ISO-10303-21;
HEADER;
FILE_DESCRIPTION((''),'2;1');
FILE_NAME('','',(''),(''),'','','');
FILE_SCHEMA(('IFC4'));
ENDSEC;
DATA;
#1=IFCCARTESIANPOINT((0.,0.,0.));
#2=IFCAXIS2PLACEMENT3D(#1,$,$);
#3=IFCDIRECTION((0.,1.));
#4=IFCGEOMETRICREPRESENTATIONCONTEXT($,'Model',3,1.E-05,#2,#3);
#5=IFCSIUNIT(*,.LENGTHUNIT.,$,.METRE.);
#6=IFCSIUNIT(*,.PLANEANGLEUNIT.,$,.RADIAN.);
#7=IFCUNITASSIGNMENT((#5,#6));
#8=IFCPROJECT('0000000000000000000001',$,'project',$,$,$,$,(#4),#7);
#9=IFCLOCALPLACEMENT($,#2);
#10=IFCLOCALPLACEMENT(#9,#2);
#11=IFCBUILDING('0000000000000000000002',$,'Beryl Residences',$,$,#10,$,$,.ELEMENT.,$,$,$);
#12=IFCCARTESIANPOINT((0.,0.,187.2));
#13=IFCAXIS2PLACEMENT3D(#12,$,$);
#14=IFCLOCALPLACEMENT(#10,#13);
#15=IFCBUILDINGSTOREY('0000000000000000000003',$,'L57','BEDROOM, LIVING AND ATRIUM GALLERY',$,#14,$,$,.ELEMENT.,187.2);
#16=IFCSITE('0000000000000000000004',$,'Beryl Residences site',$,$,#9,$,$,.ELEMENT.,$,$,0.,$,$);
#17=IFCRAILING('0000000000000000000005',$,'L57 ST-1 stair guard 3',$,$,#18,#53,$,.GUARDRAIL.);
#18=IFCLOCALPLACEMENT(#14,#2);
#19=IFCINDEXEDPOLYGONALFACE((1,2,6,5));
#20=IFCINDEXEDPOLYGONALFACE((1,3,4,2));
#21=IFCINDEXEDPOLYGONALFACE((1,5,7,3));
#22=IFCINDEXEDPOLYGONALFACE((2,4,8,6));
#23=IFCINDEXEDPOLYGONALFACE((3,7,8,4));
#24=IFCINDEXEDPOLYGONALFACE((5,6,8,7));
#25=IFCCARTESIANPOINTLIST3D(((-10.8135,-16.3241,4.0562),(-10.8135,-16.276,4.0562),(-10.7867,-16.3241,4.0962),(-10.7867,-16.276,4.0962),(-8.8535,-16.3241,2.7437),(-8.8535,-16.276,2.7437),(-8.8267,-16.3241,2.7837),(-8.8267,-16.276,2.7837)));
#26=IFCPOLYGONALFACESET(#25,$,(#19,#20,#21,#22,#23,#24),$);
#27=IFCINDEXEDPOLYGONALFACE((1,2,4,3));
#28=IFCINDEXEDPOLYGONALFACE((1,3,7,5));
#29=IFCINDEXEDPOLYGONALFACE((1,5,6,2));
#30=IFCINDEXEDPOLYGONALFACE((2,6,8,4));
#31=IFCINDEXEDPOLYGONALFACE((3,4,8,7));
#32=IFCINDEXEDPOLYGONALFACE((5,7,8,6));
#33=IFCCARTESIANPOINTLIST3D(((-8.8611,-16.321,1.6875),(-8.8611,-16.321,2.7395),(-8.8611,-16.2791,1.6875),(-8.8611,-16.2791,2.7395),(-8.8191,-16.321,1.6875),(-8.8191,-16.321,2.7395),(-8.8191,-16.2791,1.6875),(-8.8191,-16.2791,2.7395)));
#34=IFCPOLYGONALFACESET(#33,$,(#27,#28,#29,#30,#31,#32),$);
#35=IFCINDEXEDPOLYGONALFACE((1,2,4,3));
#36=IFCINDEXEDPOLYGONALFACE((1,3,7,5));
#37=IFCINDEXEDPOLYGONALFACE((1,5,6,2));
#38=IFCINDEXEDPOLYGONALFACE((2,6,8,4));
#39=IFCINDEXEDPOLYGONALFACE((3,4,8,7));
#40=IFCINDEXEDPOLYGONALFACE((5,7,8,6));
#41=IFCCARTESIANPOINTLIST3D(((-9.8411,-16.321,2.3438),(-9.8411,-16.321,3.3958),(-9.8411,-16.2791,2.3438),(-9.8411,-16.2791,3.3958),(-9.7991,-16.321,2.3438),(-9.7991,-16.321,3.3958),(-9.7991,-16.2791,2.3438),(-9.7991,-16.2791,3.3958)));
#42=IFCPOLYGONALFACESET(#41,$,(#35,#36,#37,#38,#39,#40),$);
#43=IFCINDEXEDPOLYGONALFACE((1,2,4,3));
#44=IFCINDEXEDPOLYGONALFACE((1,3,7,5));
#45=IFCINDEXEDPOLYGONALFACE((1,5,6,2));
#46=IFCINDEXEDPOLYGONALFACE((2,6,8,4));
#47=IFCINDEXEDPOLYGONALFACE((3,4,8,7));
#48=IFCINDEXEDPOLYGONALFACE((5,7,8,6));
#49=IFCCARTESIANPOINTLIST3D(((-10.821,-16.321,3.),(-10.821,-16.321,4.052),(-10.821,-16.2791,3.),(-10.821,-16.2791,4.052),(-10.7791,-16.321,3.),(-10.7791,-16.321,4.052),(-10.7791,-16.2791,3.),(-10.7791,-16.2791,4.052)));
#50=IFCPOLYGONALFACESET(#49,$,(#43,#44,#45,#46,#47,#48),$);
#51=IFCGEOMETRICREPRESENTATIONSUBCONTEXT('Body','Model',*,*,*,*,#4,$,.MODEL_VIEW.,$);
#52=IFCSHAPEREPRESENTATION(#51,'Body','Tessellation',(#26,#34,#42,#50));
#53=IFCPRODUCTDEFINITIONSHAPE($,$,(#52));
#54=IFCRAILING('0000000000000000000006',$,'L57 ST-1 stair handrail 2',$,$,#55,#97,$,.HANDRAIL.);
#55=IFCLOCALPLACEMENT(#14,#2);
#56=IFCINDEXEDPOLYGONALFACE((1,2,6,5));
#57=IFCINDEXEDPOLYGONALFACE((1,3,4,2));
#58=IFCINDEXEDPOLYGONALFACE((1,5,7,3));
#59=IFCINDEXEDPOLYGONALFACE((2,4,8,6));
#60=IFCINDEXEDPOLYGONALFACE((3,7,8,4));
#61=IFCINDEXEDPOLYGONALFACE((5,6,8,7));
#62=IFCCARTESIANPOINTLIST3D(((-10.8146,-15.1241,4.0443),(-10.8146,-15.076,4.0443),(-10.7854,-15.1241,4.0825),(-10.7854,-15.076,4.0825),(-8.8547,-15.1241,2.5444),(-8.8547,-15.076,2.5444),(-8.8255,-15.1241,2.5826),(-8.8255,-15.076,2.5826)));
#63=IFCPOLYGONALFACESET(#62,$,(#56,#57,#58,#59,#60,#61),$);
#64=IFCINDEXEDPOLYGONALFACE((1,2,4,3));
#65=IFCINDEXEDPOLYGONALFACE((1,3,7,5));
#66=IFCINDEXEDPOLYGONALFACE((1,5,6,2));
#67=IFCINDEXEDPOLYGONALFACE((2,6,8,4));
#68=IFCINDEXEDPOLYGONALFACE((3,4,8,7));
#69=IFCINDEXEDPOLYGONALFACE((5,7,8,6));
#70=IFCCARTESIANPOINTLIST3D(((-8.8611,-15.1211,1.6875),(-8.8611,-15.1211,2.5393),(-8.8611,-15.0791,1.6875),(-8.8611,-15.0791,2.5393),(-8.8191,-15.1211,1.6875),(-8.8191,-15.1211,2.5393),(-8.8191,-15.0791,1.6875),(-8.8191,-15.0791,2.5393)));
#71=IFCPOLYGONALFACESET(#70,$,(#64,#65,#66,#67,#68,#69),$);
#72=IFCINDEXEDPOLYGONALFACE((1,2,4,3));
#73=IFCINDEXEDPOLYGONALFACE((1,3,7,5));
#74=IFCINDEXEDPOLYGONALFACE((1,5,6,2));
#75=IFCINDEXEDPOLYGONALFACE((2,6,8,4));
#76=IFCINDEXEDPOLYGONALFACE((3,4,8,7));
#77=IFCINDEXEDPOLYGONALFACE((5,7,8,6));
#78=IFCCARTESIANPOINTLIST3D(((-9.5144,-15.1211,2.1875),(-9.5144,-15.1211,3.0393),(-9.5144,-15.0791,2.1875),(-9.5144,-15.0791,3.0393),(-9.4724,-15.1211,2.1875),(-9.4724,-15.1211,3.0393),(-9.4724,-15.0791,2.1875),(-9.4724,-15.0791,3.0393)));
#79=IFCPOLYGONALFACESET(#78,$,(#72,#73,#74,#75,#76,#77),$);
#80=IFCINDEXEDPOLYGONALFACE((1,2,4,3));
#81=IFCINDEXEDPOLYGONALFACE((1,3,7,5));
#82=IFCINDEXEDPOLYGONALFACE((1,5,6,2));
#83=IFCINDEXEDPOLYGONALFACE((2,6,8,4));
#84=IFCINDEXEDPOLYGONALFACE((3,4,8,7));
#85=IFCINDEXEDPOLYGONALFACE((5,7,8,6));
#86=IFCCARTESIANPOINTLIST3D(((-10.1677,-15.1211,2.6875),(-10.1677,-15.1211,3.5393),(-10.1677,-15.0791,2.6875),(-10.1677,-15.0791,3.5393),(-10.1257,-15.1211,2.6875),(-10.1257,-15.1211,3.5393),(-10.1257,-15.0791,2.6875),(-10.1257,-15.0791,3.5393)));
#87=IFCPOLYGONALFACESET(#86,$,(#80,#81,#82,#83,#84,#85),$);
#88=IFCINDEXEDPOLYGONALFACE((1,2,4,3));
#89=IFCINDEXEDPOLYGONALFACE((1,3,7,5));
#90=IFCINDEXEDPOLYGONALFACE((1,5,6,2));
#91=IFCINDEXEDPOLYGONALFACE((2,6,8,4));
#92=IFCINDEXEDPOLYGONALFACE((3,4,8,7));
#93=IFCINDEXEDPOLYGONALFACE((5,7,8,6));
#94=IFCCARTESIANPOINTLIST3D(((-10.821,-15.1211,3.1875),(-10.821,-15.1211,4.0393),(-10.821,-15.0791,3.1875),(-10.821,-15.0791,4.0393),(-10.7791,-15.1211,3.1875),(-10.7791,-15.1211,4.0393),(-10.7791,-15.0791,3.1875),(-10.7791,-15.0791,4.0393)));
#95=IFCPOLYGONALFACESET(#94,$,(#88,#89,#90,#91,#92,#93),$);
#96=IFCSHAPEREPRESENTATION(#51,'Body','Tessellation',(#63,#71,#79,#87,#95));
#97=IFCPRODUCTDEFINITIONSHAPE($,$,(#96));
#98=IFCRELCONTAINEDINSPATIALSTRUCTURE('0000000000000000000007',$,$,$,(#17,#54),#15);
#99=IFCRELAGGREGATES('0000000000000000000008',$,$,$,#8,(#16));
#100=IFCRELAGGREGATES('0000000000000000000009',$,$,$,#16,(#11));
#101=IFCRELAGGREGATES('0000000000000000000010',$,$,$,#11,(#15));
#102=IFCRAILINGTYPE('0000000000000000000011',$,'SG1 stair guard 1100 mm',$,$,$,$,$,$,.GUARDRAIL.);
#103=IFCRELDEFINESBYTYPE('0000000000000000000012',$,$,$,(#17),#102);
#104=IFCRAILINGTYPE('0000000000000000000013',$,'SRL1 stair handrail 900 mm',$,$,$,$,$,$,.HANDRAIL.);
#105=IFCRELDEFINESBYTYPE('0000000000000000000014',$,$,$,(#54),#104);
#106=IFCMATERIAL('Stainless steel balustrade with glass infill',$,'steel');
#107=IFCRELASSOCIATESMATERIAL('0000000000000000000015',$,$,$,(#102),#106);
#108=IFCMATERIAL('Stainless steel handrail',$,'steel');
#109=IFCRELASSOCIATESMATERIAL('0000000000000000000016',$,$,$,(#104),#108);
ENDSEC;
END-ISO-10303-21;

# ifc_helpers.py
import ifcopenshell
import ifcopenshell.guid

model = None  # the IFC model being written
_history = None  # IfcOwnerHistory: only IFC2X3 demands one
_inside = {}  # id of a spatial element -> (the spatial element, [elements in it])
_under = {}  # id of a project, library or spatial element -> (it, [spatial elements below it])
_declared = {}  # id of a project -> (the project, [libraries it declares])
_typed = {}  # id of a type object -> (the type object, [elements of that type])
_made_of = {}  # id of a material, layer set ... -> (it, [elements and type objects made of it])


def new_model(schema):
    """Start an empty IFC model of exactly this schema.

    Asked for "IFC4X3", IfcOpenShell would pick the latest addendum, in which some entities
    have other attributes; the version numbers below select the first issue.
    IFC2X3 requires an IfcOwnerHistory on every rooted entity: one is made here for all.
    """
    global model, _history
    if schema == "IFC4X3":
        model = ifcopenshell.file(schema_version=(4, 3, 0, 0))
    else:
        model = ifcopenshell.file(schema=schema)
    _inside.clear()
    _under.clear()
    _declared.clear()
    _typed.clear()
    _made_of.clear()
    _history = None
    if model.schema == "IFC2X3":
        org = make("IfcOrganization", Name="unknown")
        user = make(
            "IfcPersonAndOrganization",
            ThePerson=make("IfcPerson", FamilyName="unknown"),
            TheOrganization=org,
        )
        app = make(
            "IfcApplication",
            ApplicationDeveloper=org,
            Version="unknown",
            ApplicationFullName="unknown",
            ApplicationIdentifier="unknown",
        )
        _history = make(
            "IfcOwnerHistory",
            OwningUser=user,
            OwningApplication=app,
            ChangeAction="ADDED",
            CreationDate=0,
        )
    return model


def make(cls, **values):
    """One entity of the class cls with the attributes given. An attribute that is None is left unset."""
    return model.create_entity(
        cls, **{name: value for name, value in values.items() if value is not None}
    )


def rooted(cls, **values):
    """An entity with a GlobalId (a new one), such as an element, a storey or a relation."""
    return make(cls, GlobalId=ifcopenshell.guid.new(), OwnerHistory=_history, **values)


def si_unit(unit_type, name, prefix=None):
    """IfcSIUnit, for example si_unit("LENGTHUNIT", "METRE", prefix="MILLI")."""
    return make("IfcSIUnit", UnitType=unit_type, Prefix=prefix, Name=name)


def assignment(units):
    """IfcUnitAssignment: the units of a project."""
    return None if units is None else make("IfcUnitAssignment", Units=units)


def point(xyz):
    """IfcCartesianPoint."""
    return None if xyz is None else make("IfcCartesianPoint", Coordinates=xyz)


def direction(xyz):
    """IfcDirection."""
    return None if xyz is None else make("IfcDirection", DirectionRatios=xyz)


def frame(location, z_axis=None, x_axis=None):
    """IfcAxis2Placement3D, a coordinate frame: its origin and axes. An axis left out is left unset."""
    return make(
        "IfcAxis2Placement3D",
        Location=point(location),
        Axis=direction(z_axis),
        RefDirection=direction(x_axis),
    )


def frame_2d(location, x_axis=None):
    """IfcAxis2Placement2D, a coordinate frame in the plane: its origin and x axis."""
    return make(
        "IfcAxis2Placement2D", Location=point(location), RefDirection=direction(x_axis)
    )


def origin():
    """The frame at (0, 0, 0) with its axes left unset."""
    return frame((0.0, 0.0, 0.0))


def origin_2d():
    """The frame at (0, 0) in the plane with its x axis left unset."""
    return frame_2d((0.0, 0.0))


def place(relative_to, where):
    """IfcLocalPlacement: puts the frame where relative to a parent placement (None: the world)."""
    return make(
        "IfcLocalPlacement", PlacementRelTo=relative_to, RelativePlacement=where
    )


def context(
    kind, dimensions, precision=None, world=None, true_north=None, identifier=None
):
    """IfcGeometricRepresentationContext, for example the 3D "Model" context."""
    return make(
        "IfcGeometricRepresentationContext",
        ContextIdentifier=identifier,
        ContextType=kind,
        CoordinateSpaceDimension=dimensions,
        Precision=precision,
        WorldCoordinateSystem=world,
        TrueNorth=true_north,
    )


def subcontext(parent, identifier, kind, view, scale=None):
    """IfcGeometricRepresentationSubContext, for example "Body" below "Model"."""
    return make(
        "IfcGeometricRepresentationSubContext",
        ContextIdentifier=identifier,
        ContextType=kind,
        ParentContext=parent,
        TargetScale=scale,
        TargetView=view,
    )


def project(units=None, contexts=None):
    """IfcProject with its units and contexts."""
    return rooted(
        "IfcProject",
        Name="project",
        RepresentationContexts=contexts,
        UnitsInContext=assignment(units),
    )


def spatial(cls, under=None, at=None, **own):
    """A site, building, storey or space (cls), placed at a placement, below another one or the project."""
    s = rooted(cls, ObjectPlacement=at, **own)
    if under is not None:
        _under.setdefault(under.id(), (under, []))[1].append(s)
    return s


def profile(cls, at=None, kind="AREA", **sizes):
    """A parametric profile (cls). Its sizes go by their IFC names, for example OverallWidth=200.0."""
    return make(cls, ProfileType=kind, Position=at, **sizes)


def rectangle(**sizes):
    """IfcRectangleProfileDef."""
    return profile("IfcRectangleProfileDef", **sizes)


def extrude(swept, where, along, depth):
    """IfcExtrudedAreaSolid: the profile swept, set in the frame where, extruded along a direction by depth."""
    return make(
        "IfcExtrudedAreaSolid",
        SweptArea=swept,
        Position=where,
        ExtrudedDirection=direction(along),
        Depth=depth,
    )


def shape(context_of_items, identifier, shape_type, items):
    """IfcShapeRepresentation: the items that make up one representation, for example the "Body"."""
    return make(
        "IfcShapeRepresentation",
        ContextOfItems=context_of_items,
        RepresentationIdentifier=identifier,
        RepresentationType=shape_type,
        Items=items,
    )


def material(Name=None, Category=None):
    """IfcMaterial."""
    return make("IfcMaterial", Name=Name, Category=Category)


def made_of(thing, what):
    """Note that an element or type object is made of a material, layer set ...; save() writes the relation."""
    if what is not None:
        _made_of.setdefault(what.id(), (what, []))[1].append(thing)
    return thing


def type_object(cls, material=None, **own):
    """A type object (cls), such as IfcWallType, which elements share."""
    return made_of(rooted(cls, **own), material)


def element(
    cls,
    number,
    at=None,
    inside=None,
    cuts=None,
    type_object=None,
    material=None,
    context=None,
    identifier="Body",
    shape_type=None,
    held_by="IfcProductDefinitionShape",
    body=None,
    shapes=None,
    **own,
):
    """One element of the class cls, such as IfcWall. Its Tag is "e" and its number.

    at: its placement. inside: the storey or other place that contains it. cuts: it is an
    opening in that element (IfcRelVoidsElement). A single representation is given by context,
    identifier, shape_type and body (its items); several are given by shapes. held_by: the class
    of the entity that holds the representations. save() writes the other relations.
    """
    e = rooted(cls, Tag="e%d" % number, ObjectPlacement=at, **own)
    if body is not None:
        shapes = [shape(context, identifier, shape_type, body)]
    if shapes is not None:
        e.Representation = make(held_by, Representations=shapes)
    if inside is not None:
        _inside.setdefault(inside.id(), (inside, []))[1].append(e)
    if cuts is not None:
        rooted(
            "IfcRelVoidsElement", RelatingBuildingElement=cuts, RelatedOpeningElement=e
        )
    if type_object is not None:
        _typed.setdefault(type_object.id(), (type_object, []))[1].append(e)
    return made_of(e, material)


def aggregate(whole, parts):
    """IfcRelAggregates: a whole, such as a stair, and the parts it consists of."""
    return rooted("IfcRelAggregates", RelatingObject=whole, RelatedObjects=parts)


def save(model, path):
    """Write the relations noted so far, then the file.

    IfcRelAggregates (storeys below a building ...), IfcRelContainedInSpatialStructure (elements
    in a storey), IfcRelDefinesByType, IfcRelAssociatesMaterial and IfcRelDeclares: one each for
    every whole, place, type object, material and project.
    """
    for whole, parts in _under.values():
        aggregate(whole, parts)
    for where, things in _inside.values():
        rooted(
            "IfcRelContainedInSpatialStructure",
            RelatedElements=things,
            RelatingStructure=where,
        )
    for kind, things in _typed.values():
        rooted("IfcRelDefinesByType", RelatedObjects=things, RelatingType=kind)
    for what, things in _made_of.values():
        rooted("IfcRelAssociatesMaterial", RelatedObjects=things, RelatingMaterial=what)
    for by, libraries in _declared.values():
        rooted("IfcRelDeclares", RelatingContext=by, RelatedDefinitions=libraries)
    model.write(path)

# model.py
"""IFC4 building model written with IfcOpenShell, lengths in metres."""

from ifc_helpers import new_model, si_unit, direction, frame, origin, origin_2d, place, context, subcontext, project, spatial, rectangle, extrude, material, type_object, element, save


model = new_model("IFC4")

# Units and contexts
model_context = context("Model", 3, precision=1e-05, world=origin(), true_north=direction((0.0, 1.0)))
body_context = subcontext(model_context, "Body", "Model", "MODEL_VIEW")
ifc_project = project(units=[si_unit("LENGTHUNIT", "METRE"), si_unit("PLANEANGLEUNIT", "RADIAN")], contexts=[model_context])

# Site, building, storey
site_placement = place(None, origin())
site = spatial("IfcSite", under=ifc_project, at=site_placement, Name="Beryl Residences site", CompositionType="ELEMENT", RefElevation=0.0)
building_placement = place(site_placement, origin())
building = spatial("IfcBuilding", under=site, at=building_placement, Name="Beryl Residences", CompositionType="ELEMENT")
storey_placement = place(building_placement, frame((0.0, 0.0, 187.2)))
storey = spatial("IfcBuildingStorey", under=building, at=storey_placement, Name="L57", Description="BEDROOM, LIVING AND ATRIUM GALLERY", CompositionType="ELEMENT", Elevation=187.2)

# Railings
ifc_material_1 = material(Name="Stainless steel balustrade with glass infill", Category="steel")
railing_type_1 = type_object("IfcRailingType", Name="SG1 stair guard 1100 mm", PredefinedType="GUARDRAIL", material=ifc_material_1)
railing_1_placement = place(storey_placement, frame((-8.8401, -16.3, 1.6875)))
element("IfcRailing", 1, at=railing_1_placement, inside=storey, type_object=railing_type_1, Name="L57 ST-1 stair guard 3", PredefinedType="GUARDRAIL", context=body_context, shape_type="SweptSolid", body=[
    extrude(rectangle(XDim=0.0481, YDim=0.0481, at=origin_2d()), frame((0.0, 0.0, 1.0762), z_axis=(-0.830902, 0.0, 0.556419), x_axis=(0.0, -1.0, 0.0)), (0.0, 0.0, 1.0), 2.3589),
    extrude(rectangle(XDim=0.042, YDim=0.042, at=origin_2d()), origin(), (0.0, 0.0, 1.0), 1.052),
    extrude(rectangle(XDim=0.042, YDim=0.042, at=origin_2d()), frame((-0.98, 0.0, 0.6562)), (0.0, 0.0, 1.0), 1.052),
    extrude(rectangle(XDim=0.042, YDim=0.042, at=origin_2d()), frame((-1.96, 0.0, 1.3125)), (0.0, 0.0, 1.0), 1.052),
])
ifc_material_2 = material(Name="Stainless steel handrail", Category="steel")
railing_type_2 = type_object("IfcRailingType", Name="SRL1 stair handrail 900 mm", PredefinedType="HANDRAIL", material=ifc_material_2)
railing_2_placement = place(storey_placement, frame((-8.8401, -15.1001, 1.6875)))
element("IfcRailing", 2, at=railing_2_placement, inside=storey, type_object=railing_type_2, Name="L57 ST-1 stair handrail 2", PredefinedType="HANDRAIL", context=body_context, shape_type="SweptSolid", body=[
    extrude(rectangle(XDim=0.0481, YDim=0.0481, at=origin_2d()), frame((0.0, 0.0, 0.876), z_axis=(-0.794122, 0.0, 0.607758), x_axis=(0.0, -1.0, 0.0)), (0.0, 0.0, 1.0), 2.468),
    extrude(rectangle(XDim=0.042, YDim=0.042, at=origin_2d()), origin(), (0.0, 0.0, 1.0), 0.8518),
    extrude(rectangle(XDim=0.042, YDim=0.042, at=origin_2d()), frame((-0.6533, 0.0, 0.5)), (0.0, 0.0, 1.0), 0.8518),
    extrude(rectangle(XDim=0.042, YDim=0.042, at=origin_2d()), frame((-1.3066, 0.0, 1.0)), (0.0, 0.0, 1.0), 0.8518),
    extrude(rectangle(XDim=0.042, YDim=0.042, at=origin_2d()), frame((-1.96, 0.0, 1.5)), (0.0, 0.0, 1.0), 0.8518),
])

save(model, "model.ifc")
